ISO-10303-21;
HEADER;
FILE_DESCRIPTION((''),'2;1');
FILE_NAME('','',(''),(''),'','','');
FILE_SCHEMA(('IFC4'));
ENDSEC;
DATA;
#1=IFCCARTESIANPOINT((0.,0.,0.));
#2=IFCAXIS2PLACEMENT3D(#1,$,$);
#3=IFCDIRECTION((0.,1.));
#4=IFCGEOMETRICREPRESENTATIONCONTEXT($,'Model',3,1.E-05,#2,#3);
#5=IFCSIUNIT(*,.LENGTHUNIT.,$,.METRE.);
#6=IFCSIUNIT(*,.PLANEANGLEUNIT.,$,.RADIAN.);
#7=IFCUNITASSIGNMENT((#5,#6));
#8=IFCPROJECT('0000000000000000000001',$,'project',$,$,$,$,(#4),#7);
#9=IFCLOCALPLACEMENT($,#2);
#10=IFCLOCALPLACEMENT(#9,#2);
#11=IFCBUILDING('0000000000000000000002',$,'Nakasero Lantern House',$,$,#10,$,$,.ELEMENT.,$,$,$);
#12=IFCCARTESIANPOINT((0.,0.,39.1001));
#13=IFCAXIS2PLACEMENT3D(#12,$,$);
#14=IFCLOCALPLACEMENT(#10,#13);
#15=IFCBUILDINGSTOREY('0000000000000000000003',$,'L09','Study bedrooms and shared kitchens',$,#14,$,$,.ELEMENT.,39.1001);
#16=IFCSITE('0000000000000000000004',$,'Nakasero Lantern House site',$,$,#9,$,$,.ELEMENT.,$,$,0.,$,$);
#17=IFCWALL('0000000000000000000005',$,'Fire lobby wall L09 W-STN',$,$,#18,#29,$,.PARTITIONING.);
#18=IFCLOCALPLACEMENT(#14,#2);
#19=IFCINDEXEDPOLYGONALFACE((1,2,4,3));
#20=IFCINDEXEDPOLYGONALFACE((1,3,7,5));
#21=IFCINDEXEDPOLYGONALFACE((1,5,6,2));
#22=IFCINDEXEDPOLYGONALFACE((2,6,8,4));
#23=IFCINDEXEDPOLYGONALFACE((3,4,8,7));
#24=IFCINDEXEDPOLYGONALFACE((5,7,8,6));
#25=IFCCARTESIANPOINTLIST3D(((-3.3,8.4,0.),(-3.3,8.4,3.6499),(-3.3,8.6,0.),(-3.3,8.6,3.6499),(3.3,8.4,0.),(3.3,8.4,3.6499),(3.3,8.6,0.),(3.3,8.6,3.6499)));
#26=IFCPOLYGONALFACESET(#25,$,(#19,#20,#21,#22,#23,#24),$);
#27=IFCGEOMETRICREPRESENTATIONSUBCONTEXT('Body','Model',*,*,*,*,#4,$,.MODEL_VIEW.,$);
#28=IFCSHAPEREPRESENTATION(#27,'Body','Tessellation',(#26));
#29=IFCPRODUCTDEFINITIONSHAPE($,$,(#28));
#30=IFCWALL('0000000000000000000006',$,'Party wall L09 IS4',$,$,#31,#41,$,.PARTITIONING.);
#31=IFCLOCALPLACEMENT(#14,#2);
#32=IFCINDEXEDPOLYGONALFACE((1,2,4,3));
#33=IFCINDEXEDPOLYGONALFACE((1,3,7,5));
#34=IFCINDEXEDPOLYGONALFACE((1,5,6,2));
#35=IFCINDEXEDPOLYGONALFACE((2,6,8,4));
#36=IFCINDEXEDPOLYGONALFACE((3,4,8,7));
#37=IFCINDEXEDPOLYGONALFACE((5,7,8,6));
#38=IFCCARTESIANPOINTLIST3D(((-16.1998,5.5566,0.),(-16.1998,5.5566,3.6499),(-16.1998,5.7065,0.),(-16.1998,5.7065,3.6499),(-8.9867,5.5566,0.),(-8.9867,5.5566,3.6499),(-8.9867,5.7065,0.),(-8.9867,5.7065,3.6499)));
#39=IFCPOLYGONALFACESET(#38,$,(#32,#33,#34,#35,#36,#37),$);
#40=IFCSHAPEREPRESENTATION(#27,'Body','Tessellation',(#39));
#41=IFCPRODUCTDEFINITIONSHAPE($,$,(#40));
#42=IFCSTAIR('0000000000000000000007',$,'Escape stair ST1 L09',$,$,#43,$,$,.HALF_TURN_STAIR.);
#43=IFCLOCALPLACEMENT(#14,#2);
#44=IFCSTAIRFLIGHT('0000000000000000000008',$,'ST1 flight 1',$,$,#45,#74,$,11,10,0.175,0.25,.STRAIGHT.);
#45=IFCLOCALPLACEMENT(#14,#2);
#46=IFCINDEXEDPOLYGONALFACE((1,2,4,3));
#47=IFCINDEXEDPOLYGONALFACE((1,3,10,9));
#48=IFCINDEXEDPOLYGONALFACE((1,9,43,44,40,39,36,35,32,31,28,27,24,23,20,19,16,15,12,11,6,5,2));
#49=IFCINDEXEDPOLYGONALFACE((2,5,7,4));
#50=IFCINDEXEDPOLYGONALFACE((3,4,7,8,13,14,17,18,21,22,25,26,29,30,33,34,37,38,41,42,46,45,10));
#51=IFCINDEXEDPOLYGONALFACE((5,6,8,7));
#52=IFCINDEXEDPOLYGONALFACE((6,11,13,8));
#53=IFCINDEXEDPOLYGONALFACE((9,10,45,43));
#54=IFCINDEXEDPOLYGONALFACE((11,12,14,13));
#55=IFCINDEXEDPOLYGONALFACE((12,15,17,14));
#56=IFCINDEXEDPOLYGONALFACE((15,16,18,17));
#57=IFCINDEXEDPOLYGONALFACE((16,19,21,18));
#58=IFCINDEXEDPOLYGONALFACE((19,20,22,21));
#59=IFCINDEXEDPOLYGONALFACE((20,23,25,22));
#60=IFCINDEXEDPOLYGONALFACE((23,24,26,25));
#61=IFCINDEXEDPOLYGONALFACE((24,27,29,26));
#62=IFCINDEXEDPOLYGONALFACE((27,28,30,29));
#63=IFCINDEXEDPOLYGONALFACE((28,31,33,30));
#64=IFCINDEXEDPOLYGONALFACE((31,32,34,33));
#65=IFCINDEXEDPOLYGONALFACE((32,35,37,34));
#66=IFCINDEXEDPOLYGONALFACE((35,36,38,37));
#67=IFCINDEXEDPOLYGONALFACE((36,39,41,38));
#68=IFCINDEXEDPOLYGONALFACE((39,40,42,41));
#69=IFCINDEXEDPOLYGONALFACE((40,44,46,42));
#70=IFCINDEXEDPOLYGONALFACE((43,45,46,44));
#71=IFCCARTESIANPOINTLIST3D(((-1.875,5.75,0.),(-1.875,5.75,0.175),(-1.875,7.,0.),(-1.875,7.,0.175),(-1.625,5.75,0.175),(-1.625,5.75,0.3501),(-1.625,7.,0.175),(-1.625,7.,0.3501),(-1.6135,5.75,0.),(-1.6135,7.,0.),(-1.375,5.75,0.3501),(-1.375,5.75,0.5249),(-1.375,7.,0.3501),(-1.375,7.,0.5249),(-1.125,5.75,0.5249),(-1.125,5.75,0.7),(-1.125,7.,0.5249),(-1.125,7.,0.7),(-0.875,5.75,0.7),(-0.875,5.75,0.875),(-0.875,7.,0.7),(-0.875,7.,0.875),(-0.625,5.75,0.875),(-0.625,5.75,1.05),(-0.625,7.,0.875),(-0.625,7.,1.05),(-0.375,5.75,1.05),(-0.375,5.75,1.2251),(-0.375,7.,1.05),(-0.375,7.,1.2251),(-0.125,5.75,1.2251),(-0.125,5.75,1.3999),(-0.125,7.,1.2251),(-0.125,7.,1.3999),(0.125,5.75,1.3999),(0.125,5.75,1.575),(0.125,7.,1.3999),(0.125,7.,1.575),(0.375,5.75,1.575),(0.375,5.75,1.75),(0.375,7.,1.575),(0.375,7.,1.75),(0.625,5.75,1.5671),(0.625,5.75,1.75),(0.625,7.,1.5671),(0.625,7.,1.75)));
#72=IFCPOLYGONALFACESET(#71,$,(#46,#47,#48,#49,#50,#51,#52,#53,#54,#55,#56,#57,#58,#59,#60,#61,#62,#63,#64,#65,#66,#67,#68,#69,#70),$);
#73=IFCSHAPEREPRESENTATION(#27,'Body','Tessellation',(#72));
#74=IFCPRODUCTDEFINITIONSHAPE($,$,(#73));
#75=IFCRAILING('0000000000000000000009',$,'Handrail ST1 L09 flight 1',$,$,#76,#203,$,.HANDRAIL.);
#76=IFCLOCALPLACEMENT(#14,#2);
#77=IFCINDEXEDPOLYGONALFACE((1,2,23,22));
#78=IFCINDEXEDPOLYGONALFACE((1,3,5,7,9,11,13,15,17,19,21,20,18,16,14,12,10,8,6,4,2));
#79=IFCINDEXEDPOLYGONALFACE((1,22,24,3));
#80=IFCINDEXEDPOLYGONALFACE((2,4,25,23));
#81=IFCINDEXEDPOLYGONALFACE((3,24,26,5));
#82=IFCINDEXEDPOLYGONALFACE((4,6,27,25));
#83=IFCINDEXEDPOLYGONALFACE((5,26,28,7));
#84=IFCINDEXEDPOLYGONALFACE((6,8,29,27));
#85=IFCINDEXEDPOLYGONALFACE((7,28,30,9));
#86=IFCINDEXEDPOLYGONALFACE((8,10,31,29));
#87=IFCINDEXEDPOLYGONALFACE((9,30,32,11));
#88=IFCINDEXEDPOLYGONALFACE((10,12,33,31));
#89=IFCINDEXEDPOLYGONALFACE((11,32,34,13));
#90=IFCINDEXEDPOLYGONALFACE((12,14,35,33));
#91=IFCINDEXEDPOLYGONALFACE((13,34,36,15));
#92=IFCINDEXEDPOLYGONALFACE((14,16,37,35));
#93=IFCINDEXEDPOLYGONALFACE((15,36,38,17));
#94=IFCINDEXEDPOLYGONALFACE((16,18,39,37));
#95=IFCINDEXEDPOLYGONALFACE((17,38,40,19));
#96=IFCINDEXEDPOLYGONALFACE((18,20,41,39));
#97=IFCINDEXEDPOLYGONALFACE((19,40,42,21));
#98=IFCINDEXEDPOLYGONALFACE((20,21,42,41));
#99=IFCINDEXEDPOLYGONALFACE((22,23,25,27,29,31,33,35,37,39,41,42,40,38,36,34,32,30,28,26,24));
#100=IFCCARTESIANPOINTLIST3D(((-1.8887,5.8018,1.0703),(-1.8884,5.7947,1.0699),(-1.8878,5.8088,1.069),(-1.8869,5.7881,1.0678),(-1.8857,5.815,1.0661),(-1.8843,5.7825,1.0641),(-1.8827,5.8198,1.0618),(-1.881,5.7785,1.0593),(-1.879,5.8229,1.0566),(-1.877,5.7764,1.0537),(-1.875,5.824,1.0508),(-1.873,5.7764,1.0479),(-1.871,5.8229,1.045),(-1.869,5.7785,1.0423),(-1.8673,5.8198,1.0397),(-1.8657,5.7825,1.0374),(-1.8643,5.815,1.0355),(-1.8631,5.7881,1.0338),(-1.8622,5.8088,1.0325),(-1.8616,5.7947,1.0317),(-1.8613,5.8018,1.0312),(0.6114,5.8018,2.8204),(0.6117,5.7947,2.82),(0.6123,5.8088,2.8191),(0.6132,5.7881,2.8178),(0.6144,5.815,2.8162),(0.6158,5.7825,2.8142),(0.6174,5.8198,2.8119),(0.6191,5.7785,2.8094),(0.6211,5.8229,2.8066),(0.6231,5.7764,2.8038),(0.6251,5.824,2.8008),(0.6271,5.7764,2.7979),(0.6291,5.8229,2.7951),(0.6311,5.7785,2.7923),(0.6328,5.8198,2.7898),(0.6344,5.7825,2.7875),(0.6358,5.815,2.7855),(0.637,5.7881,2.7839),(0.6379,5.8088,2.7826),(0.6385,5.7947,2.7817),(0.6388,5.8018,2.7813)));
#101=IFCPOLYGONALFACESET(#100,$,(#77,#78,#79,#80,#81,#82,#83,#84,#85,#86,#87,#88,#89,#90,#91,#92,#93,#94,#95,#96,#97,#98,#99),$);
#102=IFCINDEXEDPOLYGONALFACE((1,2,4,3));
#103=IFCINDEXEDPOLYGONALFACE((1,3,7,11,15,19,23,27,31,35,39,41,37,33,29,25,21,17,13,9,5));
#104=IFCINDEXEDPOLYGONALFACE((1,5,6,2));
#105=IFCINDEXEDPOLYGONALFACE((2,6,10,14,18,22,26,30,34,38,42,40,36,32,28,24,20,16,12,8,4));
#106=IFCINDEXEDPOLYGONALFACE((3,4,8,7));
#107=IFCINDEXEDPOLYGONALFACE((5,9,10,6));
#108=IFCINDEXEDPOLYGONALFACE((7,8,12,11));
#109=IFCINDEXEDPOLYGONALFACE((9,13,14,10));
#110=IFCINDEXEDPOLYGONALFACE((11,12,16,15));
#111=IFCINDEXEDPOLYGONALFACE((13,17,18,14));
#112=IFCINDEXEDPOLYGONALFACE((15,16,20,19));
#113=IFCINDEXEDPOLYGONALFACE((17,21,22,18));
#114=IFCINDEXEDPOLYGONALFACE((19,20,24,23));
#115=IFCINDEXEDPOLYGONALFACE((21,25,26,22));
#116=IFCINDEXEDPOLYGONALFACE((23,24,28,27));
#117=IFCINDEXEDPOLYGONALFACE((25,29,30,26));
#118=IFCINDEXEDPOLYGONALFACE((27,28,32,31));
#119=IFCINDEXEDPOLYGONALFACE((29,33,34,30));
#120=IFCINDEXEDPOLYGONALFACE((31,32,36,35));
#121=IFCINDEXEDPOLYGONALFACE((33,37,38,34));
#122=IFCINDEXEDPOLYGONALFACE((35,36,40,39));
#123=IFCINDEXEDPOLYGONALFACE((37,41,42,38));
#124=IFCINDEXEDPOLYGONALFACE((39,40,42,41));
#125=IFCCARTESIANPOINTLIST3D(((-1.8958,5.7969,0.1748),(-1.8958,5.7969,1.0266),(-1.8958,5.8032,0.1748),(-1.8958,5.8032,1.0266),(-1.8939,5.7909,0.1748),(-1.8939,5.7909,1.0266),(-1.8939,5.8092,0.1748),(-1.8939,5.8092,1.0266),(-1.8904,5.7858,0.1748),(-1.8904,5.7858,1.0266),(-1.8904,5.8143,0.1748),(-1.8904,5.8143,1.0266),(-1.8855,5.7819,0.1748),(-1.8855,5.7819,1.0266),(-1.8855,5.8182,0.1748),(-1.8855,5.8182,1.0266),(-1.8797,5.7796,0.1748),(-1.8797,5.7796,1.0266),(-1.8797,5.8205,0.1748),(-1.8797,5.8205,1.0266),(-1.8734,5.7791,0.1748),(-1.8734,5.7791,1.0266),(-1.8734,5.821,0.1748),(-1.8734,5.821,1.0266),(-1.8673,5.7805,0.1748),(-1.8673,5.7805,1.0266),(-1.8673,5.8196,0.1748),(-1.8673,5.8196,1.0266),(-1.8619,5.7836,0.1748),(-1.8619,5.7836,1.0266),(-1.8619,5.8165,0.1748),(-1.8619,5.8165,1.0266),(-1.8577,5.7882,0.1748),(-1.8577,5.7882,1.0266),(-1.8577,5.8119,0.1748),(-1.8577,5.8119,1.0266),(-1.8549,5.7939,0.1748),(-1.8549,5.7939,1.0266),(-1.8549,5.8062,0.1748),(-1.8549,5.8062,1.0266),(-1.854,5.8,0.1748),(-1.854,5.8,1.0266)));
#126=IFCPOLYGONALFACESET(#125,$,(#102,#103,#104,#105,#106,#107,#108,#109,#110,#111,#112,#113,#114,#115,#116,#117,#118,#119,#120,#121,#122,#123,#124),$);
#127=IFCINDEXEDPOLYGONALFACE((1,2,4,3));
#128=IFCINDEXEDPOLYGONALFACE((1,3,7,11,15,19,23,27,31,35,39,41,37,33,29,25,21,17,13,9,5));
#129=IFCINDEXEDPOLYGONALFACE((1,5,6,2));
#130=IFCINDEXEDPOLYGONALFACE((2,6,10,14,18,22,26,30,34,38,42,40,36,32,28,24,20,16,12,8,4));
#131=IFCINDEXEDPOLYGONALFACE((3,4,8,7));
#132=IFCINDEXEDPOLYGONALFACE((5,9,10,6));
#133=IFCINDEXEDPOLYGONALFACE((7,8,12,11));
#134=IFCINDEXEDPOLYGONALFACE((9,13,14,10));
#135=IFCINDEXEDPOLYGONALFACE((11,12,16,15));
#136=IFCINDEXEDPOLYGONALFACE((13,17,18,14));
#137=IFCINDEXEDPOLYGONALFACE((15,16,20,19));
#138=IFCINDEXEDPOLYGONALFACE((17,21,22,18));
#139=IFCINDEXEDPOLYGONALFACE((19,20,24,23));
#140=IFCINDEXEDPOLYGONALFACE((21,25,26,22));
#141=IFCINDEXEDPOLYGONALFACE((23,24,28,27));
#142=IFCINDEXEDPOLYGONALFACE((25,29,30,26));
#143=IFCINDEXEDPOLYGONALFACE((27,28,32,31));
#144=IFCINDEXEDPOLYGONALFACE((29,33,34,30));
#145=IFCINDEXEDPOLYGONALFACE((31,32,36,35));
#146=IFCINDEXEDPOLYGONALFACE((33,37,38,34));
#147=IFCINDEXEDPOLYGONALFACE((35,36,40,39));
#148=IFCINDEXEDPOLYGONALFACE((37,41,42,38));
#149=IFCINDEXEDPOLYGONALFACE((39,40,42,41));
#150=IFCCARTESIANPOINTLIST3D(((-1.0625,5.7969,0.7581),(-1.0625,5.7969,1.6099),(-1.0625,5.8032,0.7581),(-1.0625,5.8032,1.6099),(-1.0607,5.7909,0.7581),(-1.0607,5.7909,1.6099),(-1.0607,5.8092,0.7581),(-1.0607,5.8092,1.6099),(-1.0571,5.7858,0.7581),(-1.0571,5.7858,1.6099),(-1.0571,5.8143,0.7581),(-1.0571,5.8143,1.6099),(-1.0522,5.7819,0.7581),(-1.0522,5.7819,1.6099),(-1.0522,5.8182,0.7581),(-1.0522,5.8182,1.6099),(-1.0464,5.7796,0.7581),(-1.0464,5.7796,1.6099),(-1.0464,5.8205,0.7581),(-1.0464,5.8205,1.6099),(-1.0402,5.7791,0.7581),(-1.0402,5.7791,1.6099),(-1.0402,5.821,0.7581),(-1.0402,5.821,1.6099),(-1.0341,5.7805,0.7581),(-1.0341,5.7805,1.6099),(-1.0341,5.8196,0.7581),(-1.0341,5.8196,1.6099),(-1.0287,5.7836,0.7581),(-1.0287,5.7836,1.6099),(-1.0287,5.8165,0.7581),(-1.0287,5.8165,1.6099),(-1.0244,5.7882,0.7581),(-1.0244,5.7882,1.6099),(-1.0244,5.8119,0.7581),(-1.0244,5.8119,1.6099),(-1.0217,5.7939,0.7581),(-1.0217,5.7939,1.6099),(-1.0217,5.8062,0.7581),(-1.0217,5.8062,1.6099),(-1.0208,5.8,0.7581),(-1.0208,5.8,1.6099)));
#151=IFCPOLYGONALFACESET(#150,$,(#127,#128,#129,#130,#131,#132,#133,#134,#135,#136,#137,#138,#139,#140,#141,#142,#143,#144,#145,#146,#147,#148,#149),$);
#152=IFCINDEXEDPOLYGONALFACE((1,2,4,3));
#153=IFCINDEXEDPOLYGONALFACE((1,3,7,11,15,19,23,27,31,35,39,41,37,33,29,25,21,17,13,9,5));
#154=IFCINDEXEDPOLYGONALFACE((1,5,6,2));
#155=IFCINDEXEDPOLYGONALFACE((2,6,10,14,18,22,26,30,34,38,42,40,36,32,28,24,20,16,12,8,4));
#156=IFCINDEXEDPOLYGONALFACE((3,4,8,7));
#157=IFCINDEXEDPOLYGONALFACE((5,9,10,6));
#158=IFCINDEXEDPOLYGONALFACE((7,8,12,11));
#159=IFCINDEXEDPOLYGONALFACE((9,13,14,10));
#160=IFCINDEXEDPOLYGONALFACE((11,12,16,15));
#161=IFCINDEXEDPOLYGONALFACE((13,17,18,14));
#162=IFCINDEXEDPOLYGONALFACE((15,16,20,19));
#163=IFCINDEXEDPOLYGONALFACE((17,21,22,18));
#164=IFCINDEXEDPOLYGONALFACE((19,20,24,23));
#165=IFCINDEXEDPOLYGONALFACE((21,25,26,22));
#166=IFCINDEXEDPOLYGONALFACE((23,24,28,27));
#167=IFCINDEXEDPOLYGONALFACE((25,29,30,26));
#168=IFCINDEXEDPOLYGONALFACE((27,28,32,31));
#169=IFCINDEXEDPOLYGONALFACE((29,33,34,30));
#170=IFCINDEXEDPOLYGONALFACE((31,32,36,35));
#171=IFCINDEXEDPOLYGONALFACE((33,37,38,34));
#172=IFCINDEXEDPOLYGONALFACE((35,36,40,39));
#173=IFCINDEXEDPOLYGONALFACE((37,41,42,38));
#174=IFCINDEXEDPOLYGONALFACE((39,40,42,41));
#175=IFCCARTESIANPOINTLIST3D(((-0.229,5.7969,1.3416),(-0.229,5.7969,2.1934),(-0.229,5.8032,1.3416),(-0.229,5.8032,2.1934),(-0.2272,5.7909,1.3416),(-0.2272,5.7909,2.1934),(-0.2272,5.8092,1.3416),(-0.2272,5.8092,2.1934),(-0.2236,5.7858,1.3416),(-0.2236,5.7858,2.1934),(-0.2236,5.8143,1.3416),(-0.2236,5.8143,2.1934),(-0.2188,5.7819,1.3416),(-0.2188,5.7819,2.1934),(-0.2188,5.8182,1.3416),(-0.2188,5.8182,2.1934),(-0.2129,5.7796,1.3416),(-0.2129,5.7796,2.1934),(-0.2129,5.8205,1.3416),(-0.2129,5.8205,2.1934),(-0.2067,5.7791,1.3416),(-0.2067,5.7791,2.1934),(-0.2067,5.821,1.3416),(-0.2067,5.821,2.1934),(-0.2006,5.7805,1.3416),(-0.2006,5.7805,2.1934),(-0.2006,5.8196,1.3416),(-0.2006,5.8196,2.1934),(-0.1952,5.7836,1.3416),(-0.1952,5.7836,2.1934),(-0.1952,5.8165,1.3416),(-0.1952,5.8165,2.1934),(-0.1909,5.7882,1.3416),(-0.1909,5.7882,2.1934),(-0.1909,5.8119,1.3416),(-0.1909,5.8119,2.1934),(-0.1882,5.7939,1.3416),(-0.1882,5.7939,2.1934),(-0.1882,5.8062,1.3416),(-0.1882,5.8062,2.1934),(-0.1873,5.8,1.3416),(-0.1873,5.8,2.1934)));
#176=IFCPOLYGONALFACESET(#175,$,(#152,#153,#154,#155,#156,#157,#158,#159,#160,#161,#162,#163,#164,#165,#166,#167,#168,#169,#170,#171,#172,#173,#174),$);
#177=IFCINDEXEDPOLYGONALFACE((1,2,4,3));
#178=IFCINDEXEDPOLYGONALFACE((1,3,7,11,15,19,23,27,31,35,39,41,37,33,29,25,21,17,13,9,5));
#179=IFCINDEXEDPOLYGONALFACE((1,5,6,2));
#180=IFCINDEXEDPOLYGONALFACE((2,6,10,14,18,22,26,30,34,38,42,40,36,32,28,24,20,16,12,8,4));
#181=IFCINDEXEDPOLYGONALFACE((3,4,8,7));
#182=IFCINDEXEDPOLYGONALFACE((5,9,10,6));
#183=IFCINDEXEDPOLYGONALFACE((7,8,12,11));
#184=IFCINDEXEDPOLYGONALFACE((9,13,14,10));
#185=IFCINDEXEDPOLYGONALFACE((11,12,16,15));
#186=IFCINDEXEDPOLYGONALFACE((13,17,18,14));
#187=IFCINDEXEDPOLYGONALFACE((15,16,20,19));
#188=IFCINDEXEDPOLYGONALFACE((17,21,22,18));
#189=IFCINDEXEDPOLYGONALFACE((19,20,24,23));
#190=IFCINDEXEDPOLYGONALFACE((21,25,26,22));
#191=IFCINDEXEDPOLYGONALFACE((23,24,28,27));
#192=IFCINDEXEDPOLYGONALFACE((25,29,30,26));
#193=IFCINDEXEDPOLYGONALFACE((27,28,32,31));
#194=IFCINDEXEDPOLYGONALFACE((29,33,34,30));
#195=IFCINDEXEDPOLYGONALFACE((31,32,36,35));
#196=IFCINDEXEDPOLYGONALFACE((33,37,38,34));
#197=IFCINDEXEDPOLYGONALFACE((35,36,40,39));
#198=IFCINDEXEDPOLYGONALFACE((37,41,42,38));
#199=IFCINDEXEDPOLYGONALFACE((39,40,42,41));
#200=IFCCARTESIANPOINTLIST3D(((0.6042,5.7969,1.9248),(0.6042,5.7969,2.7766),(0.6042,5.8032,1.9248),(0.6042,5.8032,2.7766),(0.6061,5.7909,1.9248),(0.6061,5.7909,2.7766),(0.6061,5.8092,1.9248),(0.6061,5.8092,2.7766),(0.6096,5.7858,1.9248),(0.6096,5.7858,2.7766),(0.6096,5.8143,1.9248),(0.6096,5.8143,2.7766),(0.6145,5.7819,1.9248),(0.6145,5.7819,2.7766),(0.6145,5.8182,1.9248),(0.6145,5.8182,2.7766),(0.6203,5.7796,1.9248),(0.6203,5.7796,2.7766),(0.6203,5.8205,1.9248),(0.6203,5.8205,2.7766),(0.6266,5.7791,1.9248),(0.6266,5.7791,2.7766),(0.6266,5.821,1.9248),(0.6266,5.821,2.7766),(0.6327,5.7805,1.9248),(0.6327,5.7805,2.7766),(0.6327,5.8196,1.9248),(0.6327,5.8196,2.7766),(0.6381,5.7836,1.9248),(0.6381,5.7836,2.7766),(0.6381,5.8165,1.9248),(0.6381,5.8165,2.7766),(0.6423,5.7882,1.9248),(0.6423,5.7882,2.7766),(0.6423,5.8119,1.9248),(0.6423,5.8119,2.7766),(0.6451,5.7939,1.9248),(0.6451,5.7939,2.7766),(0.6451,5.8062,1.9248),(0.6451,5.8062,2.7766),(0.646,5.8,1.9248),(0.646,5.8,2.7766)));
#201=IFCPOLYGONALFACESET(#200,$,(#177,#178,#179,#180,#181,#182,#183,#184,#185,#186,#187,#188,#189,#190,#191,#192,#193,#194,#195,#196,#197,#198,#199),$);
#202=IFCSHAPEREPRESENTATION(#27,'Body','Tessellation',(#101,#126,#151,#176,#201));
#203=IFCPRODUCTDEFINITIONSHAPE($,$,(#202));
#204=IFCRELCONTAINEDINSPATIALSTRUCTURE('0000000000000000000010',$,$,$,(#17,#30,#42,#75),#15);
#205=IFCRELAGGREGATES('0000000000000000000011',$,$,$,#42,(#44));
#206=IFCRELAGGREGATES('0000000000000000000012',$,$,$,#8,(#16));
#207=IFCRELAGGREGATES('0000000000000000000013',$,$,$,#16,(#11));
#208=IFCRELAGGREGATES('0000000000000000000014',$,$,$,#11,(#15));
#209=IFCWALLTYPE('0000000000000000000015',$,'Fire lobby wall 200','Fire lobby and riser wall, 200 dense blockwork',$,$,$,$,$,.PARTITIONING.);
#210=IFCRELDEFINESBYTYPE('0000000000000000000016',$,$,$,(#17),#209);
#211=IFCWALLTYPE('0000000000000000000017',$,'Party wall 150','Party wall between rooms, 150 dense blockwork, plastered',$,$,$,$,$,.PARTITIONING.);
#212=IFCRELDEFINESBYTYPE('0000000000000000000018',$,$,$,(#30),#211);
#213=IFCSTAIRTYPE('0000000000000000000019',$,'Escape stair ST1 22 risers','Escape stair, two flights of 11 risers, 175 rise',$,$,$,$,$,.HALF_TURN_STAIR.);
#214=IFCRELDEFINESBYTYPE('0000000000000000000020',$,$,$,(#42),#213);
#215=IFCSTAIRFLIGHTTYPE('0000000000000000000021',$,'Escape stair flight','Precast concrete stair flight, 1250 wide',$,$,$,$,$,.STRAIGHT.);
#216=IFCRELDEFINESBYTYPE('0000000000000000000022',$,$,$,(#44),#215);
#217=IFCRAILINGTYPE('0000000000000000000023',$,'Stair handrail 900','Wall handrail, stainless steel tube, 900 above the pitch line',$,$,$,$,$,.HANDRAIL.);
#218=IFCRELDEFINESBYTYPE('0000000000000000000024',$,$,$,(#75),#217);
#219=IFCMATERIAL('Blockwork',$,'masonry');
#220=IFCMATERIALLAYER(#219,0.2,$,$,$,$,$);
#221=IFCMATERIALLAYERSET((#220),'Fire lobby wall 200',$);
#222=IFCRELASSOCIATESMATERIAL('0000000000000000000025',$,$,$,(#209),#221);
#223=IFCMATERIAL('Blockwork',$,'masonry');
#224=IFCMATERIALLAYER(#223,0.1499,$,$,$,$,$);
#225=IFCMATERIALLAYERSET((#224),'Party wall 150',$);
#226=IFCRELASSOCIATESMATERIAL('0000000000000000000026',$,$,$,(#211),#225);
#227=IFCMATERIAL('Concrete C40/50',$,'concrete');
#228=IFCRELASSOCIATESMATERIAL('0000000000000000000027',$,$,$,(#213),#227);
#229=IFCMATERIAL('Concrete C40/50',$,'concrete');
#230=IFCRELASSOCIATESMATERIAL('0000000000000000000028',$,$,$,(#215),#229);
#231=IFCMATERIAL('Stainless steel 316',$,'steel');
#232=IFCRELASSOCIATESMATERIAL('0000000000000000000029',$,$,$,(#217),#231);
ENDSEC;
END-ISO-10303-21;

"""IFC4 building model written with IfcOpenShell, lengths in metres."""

from ifc_helpers import new_model, si_unit, direction, frame, frame_2d, origin, origin_2d, place, context, subcontext, project, spatial, polyline, rectangle, circle, outline, extrude, material, layer, layer_set, type_object, element, aggregate, save


model = new_model("IFC4")

# Units and contexts
model_context = context("Model", 3, precision=1e-05, world=origin(), true_north=direction((0.0, 1.0)))
body_context = subcontext(model_context, "Body", "Model", "MODEL_VIEW")
ifc_project = project(units=[si_unit("LENGTHUNIT", "METRE"), si_unit("PLANEANGLEUNIT", "RADIAN")], contexts=[model_context])

# Site, building, storey
site_placement = place(None, origin())
site = spatial("IfcSite", under=ifc_project, at=site_placement, Name="Nakasero Lantern House site", CompositionType="ELEMENT", RefElevation=0.0)
building_placement = place(site_placement, origin())
building = spatial("IfcBuilding", under=site, at=building_placement, Name="Nakasero Lantern House", CompositionType="ELEMENT")
storey_placement = place(building_placement, frame((0.0, 0.0, 39.1001)))
storey = spatial("IfcBuildingStorey", under=building, at=storey_placement, Name="L09", Description="Study bedrooms and shared kitchens", CompositionType="ELEMENT", Elevation=39.1001)

# Shared definitions
ifc_material_1 = material(Name="Blockwork", Category="masonry")
ifc_layer_1 = layer(ifc_material_1, 0.2)
ifc_layer_set_1 = layer_set([ifc_layer_1], Name="Fire lobby wall 200")
wall_type_1 = type_object("IfcWallType", Name="Fire lobby wall 200", Description="Fire lobby and riser wall, 200 dense blockwork", PredefinedType="PARTITIONING", material=ifc_layer_set_1)

# Walls
wall_1_placement = place(storey_placement, frame((-3.3, 8.5, 0.0), z_axis=(0.0, 0.0, 1.0), x_axis=(1.0, 0.0, 0.0)))
element("IfcWall", 1, at=wall_1_placement, inside=storey, type_object=wall_type_1, Name="Fire lobby wall L09 W-STN", PredefinedType="PARTITIONING", context=body_context, shape_type="SweptSolid", body=[
    extrude(rectangle(XDim=6.6001, YDim=0.2, at=frame_2d((3.3, 0.0))), origin(), (0.0, 0.0, 1.0), 3.6499),
])
ifc_material_2 = material(Name="Blockwork", Category="masonry")
ifc_layer_2 = layer(ifc_material_2, 0.1499)
ifc_layer_set_2 = layer_set([ifc_layer_2], Name="Party wall 150")
wall_type_2 = type_object("IfcWallType", Name="Party wall 150", Description="Party wall between rooms, 150 dense blockwork, plastered", PredefinedType="PARTITIONING", material=ifc_layer_set_2)
wall_2_placement = place(storey_placement, frame((-8.9868, 5.6316, 0.0), z_axis=(0.0, 0.0, 1.0), x_axis=(-1.0, 0.0, 0.0)))
element("IfcWall", 2, at=wall_2_placement, inside=storey, type_object=wall_type_2, Name="Party wall L09 IS4", PredefinedType="PARTITIONING", context=body_context, shape_type="SweptSolid", body=[
    extrude(rectangle(XDim=7.2131, YDim=0.1499, at=frame_2d((3.6064, 0.0))), origin(), (0.0, 0.0, 1.0), 3.6499),
])

# Stair, stair flight
ifc_material_3 = material(Name="Concrete C40/50", Category="concrete")
stair_type = type_object("IfcStairType", Name="Escape stair ST1 22 risers", Description="Escape stair, two flights of 11 risers, 175 rise", PredefinedType="HALF_TURN_STAIR", material=ifc_material_3)
stair_placement = place(storey_placement, origin())
stair = element("IfcStair", 3, at=stair_placement, inside=storey, type_object=stair_type, Name="Escape stair ST1 L09", PredefinedType="HALF_TURN_STAIR")
ifc_material_4 = material(Name="Concrete C40/50", Category="concrete")
stair_flight_type = type_object("IfcStairFlightType", Name="Escape stair flight", Description="Precast concrete stair flight, 1250 wide", PredefinedType="STRAIGHT", material=ifc_material_4)
stair_flight_placement = place(storey_placement, frame((-1.875, 6.375, 0.0), z_axis=(0.0, 0.0, 1.0), x_axis=(1.0, 0.0, 0.0)))
stair_flight = element("IfcStairFlight", 4, at=stair_flight_placement, type_object=stair_flight_type, Name="ST1 flight 1", NumberOfRisers=11, NumberOfTreads=10, PredefinedType="STRAIGHT", RiserHeight=0.175, TreadLength=0.25, context=body_context, shape_type="SweptSolid", body=[
    extrude(outline(polyline([(0.0, 0.0), (0.0, 0.175), (0.25, 0.175), (0.25, 0.3501), (0.5, 0.3501), (0.5, 0.5249), (0.75, 0.5249), (0.75, 0.7), (1.0, 0.7), (1.0, 0.875), (1.25, 0.875), (1.25, 1.05), (1.5, 1.05), (1.5, 1.2251), (1.75, 1.2251), (1.75, 1.3999), (2.0, 1.3999), (2.0, 1.575), (2.25, 1.575), (2.25, 1.75), (2.5, 1.75), (2.5, 1.925), (2.5, 1.5671), (0.2615, 0.0), (0.0, 0.0)])), frame((0.0, 0.625, 0.0), z_axis=(0.0, -1.0, 0.0), x_axis=(1.0, 0.0, 0.0)), (0.0, 0.0, 1.0), 1.25),
])
aggregate(stair, [stair_flight])

# Railing
ifc_material_5 = material(Name="Stainless steel 316", Category="steel")
railing_type = type_object("IfcRailingType", Name="Stair handrail 900", Description="Wall handrail, stainless steel tube, 900 above the pitch line", PredefinedType="HANDRAIL", material=ifc_material_5)
railing_placement = place(storey_placement, frame((-1.875, 5.8, 0.1748)))
element("IfcRailing", 5, at=railing_placement, inside=storey, type_object=railing_type, Name="Handrail ST1 L09 flight 1", PredefinedType="HANDRAIL", context=body_context, shape_type="SweptSolid", body=[
    extrude(circle(Radius=0.0239, at=origin_2d()), frame((0.0, 0.0, 0.876), z_axis=(0.819232, 0.0, 0.573462), x_axis=(0.0, 1.0, 0.0)), (0.0, 0.0, 1.0), 3.0518),
    extrude(circle(Radius=0.021, at=origin_2d()), origin(), (0.0, 0.0, 1.0), 0.8518),
    extrude(circle(Radius=0.021, at=origin_2d()), frame((0.8333, 0.0, 0.5833)), (0.0, 0.0, 1.0), 0.8518),
    extrude(circle(Radius=0.021, at=origin_2d()), frame((1.6667, 0.0, 1.1667)), (0.0, 0.0, 1.0), 0.8518),
    extrude(circle(Radius=0.021, at=origin_2d()), frame((2.5, 0.0, 1.75)), (0.0, 0.0, 1.0), 0.8518),
])

save(model, "model.ifc")
